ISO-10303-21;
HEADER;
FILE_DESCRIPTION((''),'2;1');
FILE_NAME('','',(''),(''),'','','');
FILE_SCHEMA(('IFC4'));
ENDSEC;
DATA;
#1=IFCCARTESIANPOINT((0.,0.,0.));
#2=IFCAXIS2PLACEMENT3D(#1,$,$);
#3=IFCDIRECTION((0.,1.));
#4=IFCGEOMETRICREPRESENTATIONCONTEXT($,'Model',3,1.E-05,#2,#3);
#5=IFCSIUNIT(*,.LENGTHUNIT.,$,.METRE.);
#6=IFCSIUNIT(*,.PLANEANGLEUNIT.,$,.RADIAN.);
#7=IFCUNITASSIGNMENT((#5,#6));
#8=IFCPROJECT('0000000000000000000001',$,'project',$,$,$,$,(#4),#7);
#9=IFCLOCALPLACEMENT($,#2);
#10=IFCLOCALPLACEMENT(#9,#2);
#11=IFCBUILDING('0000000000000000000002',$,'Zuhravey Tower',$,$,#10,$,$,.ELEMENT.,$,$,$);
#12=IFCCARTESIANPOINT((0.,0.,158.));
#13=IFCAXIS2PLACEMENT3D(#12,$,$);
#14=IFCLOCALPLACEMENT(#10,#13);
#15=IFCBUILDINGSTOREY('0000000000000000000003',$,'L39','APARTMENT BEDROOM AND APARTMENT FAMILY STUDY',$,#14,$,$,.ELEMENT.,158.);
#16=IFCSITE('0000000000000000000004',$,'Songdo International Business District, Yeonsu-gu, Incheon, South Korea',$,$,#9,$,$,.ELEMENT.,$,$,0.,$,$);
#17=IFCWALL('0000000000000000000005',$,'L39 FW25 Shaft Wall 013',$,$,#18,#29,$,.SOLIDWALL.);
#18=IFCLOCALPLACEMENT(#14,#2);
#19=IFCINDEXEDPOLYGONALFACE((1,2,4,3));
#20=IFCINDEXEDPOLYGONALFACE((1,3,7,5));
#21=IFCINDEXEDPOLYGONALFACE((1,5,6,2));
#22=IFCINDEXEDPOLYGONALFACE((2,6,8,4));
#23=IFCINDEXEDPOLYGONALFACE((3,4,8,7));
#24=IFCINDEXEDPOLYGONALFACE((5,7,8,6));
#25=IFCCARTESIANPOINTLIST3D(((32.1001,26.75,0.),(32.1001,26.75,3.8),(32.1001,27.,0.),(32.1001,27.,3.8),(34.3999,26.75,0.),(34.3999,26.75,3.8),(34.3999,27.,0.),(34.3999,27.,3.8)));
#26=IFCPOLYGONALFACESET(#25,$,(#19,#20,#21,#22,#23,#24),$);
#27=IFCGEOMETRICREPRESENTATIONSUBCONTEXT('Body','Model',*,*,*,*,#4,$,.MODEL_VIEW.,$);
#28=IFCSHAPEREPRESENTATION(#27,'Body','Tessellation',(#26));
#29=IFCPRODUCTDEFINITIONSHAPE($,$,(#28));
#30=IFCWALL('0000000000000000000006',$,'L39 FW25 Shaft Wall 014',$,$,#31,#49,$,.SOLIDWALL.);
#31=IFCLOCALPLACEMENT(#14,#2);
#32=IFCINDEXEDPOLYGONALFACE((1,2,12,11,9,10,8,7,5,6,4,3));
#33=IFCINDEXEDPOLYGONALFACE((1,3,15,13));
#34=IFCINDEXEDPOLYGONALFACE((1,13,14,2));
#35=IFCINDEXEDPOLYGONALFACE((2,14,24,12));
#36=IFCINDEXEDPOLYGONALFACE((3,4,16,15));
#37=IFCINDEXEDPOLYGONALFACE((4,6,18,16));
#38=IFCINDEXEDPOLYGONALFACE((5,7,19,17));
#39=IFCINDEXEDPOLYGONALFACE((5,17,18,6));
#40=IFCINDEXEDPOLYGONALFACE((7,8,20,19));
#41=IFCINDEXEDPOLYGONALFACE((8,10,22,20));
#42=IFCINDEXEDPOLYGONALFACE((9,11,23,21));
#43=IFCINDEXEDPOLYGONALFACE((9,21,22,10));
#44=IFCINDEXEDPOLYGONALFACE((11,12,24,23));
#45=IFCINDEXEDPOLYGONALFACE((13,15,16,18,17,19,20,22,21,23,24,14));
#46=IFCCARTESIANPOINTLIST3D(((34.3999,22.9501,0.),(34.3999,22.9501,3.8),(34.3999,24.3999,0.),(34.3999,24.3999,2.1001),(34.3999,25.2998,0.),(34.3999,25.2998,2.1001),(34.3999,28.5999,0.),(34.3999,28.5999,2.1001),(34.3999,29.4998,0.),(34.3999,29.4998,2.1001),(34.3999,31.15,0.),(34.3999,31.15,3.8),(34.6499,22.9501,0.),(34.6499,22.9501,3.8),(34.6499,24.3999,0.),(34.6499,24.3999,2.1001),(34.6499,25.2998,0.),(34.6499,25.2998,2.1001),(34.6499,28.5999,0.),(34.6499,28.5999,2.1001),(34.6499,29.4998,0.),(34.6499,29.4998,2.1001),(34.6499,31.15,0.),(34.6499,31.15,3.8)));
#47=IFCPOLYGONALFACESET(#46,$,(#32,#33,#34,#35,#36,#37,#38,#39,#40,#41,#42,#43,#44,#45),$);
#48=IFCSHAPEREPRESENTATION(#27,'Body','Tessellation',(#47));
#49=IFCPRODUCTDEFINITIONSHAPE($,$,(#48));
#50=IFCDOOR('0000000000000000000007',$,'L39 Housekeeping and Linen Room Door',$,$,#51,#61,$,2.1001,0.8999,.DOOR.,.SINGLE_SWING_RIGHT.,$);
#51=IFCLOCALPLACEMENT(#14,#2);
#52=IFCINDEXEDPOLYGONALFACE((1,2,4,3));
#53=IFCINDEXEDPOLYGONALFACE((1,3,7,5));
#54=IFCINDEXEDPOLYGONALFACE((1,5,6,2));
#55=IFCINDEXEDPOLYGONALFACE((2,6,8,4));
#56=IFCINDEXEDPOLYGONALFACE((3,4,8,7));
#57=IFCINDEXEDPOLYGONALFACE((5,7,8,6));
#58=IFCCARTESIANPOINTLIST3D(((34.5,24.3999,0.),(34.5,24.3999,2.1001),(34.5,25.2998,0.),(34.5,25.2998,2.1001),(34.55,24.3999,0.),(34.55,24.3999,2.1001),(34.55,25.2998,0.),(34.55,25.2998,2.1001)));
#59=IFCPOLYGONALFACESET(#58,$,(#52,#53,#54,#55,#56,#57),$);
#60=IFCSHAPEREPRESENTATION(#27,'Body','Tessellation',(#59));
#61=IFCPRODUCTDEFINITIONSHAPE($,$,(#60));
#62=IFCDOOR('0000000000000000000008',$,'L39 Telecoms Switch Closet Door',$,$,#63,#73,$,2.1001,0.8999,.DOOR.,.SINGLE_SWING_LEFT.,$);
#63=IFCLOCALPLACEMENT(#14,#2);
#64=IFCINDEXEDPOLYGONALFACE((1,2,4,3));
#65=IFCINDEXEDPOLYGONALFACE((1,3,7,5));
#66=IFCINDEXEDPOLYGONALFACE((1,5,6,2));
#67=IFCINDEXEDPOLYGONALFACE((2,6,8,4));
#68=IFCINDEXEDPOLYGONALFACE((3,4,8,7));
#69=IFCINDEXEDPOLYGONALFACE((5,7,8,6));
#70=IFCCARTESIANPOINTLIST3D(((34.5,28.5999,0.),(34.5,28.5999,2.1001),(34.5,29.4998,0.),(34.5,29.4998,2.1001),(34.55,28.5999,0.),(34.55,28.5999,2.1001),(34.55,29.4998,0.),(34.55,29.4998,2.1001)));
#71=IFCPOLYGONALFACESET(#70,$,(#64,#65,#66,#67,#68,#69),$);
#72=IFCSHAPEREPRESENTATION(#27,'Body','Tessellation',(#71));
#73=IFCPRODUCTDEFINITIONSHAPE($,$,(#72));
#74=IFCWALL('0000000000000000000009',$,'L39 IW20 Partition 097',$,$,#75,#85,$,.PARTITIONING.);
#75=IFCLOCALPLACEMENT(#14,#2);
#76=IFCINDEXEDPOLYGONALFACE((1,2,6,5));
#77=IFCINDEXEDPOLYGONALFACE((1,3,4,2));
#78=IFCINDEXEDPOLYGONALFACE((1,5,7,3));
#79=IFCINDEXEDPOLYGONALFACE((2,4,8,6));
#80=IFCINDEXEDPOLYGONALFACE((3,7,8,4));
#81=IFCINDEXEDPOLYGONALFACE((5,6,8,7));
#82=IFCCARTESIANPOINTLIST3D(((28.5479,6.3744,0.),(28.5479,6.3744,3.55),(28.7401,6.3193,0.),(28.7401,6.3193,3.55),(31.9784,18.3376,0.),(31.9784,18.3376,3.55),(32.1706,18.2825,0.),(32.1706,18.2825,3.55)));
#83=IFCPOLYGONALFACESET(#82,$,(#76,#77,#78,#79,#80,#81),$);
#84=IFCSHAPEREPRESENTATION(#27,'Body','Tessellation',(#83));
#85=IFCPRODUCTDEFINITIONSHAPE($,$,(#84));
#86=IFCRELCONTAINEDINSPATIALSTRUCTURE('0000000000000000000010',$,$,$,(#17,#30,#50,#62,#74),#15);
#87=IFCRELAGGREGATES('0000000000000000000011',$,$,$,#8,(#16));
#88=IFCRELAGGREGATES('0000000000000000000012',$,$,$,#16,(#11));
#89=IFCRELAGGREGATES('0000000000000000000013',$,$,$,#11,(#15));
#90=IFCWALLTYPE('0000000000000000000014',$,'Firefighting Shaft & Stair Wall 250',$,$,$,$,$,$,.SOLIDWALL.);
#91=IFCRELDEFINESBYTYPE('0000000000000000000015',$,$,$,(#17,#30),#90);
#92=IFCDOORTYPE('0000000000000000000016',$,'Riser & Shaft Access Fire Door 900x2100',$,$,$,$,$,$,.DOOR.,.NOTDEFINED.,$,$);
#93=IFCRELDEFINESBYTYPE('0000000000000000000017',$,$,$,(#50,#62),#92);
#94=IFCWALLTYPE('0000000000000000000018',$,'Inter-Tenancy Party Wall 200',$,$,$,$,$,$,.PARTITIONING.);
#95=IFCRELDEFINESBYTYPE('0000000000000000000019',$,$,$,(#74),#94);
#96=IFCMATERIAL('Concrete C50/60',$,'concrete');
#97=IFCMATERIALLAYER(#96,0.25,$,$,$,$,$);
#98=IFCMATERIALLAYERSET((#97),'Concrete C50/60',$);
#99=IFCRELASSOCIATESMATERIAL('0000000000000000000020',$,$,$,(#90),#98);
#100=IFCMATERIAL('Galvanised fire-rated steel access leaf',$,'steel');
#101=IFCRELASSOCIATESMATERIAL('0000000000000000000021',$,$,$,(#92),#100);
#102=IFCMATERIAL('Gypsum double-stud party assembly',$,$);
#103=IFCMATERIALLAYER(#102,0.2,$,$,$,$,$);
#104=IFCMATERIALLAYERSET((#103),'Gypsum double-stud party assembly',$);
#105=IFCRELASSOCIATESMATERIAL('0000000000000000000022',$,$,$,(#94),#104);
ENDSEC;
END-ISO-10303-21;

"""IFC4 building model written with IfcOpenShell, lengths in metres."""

from ifc_helpers import new_model, si_unit, direction, frame, frame_2d, origin, place, context, subcontext, project, spatial, rectangle, extrude, material, layer, layer_set, type_object, element, fill, save


model = new_model("IFC4")

# Units and contexts
model_context = context("Model", 3, precision=1e-05, world=origin(), true_north=direction((0.0, 1.0)))
body_context = subcontext(model_context, "Body", "Model", "MODEL_VIEW")
ifc_project = project(units=[si_unit("LENGTHUNIT", "METRE"), si_unit("PLANEANGLEUNIT", "RADIAN")], contexts=[model_context])

# Site, building, storey
site_placement = place(None, origin())
site = spatial("IfcSite", under=ifc_project, at=site_placement, Name="Songdo International Business District, Yeonsu-gu, Incheon, South Korea", CompositionType="ELEMENT", RefElevation=0.0)
building_placement = place(site_placement, origin())
building = spatial("IfcBuilding", under=site, at=building_placement, Name="Zuhravey Tower", CompositionType="ELEMENT")
storey_placement = place(building_placement, frame((0.0, 0.0, 158.0)))
storey = spatial("IfcBuildingStorey", under=building, at=storey_placement, Name="L39", Description="APARTMENT BEDROOM AND APARTMENT FAMILY STUDY", CompositionType="ELEMENT", Elevation=158.0)

# Shared definitions
ifc_material_1 = material(Name="Concrete C50/60", Category="concrete")
ifc_layer_1 = layer(ifc_material_1, 0.25)
ifc_layer_set_1 = layer_set([ifc_layer_1], Name="Concrete C50/60")
wall_type_1 = type_object("IfcWallType", Name="Firefighting Shaft & Stair Wall 250", PredefinedType="SOLIDWALL", material=ifc_layer_set_1)

# Shared definitions
ifc_material_2 = material(Name="Galvanised fire-rated steel access leaf", Category="steel")
door_type_1 = type_object("IfcDoorType", Name="Riser & Shaft Access Fire Door 900x2100", OperationType="NOTDEFINED", PredefinedType="DOOR", material=ifc_material_2)

# Wall
wall_1_placement = place(storey_placement, frame((32.1001, 26.875, 0.0), z_axis=(0.0, 0.0, 1.0), x_axis=(1.0, 0.0, 0.0)))
element("IfcWall", 1, at=wall_1_placement, inside=storey, type_object=wall_type_1, Name="L39 FW25 Shaft Wall 013", PredefinedType="SOLIDWALL", context=body_context, shape_type="SweptSolid", body=[
    extrude(rectangle(XDim=2.2998, YDim=0.25, at=frame_2d((1.1499, 0.0))), origin(), (0.0, 0.0, 1.0), 3.8),
])

# Wall, openings, doors
wall_2_placement = place(storey_placement, frame((34.5249, 22.95, 0.0), z_axis=(0.0, 0.0, 1.0), x_axis=(0.0, 1.0, 0.0)))
wall_2 = element("IfcWall", 2, at=wall_2_placement, inside=storey, type_object=wall_type_1, Name="L39 FW25 Shaft Wall 014", PredefinedType="SOLIDWALL", context=body_context, shape_type="SweptSolid", body=[
    extrude(rectangle(XDim=8.2, YDim=0.25, at=frame_2d((4.1001, 0.0))), origin(), (0.0, 0.0, 1.0), 3.8),
])
opening_1_placement = place(wall_2_placement, frame((1.45, 0.0, 0.0)))
opening_1 = element("IfcOpeningElement", 3, at=opening_1_placement, cuts=wall_2, PredefinedType="OPENING", context=body_context, shape_type="SweptSolid", body=[
    extrude(rectangle(XDim=0.8999, YDim=2.1001, at=frame_2d((0.45, 1.05))), frame((0.0, 0.137, 0.0), z_axis=(0.0, -1.0, 0.0), x_axis=(1.0, 0.0, 0.0)), (0.0, 0.0, 1.0), 0.2739),
])
opening_2_placement = place(wall_2_placement, frame((5.6499, 0.0, 0.0)))
opening_2 = element("IfcOpeningElement", 4, at=opening_2_placement, cuts=wall_2, PredefinedType="OPENING", context=body_context, shape_type="SweptSolid", body=[
    extrude(rectangle(XDim=0.8999, YDim=2.1001, at=frame_2d((0.45, 1.05))), frame((0.0, 0.137, 0.0), z_axis=(0.0, -1.0, 0.0), x_axis=(1.0, 0.0, 0.0)), (0.0, 0.0, 1.0), 0.2739),
])
door_1_placement = place(opening_1_placement, origin())
door_1 = element("IfcDoor", 5, at=door_1_placement, inside=storey, type_object=door_type_1, Name="L39 Housekeeping and Linen Room Door", OperationType="SINGLE_SWING_RIGHT", OverallHeight=2.1001, OverallWidth=0.8999, PredefinedType="DOOR", context=body_context, shape_type="SweptSolid", body=[
    extrude(rectangle(XDim=0.8999, YDim=2.1001, at=frame_2d((0.45, 1.05))), frame((0.0, 0.0249, 0.0), z_axis=(0.0, -1.0, 0.0), x_axis=(1.0, 0.0, 0.0)), (0.0, 0.0, 1.0), 0.05),
])
fill(opening_1, door_1)
door_2_placement = place(opening_2_placement, origin())
door_2 = element("IfcDoor", 6, at=door_2_placement, inside=storey, type_object=door_type_1, Name="L39 Telecoms Switch Closet Door", OperationType="SINGLE_SWING_LEFT", OverallHeight=2.1001, OverallWidth=0.8999, PredefinedType="DOOR", context=body_context, shape_type="SweptSolid", body=[
    extrude(rectangle(XDim=0.8999, YDim=2.1001, at=frame_2d((0.45, 1.05))), frame((0.0, 0.0249, 0.0), z_axis=(0.0, -1.0, 0.0), x_axis=(1.0, 0.0, 0.0)), (0.0, 0.0, 1.0), 0.05),
])
fill(opening_2, door_2)

# Wall
ifc_material_3 = material(Name="Gypsum double-stud party assembly")
ifc_layer_2 = layer(ifc_material_3, 0.2)
ifc_layer_set_2 = layer_set([ifc_layer_2], Name="Gypsum double-stud party assembly")
wall_type_2 = type_object("IfcWallType", Name="Inter-Tenancy Party Wall 200", PredefinedType="PARTITIONING", material=ifc_layer_set_2)
wall_3_placement = place(storey_placement, frame((32.0745, 18.3101, 0.0), z_axis=(0.0, 0.0, 1.0), x_axis=(-0.275641, -0.961261, 0.0)))
element("IfcWall", 7, at=wall_3_placement, inside=storey, type_object=wall_type_2, Name="L39 IW20 Partition 097", PredefinedType="PARTITIONING", context=body_context, shape_type="SweptSolid", body=[
    extrude(rectangle(XDim=12.4453, YDim=0.2, at=frame_2d((6.2227, 0.0))), origin(), (0.0, 0.0, 1.0), 3.55),
])

save(model, "model.ifc")
